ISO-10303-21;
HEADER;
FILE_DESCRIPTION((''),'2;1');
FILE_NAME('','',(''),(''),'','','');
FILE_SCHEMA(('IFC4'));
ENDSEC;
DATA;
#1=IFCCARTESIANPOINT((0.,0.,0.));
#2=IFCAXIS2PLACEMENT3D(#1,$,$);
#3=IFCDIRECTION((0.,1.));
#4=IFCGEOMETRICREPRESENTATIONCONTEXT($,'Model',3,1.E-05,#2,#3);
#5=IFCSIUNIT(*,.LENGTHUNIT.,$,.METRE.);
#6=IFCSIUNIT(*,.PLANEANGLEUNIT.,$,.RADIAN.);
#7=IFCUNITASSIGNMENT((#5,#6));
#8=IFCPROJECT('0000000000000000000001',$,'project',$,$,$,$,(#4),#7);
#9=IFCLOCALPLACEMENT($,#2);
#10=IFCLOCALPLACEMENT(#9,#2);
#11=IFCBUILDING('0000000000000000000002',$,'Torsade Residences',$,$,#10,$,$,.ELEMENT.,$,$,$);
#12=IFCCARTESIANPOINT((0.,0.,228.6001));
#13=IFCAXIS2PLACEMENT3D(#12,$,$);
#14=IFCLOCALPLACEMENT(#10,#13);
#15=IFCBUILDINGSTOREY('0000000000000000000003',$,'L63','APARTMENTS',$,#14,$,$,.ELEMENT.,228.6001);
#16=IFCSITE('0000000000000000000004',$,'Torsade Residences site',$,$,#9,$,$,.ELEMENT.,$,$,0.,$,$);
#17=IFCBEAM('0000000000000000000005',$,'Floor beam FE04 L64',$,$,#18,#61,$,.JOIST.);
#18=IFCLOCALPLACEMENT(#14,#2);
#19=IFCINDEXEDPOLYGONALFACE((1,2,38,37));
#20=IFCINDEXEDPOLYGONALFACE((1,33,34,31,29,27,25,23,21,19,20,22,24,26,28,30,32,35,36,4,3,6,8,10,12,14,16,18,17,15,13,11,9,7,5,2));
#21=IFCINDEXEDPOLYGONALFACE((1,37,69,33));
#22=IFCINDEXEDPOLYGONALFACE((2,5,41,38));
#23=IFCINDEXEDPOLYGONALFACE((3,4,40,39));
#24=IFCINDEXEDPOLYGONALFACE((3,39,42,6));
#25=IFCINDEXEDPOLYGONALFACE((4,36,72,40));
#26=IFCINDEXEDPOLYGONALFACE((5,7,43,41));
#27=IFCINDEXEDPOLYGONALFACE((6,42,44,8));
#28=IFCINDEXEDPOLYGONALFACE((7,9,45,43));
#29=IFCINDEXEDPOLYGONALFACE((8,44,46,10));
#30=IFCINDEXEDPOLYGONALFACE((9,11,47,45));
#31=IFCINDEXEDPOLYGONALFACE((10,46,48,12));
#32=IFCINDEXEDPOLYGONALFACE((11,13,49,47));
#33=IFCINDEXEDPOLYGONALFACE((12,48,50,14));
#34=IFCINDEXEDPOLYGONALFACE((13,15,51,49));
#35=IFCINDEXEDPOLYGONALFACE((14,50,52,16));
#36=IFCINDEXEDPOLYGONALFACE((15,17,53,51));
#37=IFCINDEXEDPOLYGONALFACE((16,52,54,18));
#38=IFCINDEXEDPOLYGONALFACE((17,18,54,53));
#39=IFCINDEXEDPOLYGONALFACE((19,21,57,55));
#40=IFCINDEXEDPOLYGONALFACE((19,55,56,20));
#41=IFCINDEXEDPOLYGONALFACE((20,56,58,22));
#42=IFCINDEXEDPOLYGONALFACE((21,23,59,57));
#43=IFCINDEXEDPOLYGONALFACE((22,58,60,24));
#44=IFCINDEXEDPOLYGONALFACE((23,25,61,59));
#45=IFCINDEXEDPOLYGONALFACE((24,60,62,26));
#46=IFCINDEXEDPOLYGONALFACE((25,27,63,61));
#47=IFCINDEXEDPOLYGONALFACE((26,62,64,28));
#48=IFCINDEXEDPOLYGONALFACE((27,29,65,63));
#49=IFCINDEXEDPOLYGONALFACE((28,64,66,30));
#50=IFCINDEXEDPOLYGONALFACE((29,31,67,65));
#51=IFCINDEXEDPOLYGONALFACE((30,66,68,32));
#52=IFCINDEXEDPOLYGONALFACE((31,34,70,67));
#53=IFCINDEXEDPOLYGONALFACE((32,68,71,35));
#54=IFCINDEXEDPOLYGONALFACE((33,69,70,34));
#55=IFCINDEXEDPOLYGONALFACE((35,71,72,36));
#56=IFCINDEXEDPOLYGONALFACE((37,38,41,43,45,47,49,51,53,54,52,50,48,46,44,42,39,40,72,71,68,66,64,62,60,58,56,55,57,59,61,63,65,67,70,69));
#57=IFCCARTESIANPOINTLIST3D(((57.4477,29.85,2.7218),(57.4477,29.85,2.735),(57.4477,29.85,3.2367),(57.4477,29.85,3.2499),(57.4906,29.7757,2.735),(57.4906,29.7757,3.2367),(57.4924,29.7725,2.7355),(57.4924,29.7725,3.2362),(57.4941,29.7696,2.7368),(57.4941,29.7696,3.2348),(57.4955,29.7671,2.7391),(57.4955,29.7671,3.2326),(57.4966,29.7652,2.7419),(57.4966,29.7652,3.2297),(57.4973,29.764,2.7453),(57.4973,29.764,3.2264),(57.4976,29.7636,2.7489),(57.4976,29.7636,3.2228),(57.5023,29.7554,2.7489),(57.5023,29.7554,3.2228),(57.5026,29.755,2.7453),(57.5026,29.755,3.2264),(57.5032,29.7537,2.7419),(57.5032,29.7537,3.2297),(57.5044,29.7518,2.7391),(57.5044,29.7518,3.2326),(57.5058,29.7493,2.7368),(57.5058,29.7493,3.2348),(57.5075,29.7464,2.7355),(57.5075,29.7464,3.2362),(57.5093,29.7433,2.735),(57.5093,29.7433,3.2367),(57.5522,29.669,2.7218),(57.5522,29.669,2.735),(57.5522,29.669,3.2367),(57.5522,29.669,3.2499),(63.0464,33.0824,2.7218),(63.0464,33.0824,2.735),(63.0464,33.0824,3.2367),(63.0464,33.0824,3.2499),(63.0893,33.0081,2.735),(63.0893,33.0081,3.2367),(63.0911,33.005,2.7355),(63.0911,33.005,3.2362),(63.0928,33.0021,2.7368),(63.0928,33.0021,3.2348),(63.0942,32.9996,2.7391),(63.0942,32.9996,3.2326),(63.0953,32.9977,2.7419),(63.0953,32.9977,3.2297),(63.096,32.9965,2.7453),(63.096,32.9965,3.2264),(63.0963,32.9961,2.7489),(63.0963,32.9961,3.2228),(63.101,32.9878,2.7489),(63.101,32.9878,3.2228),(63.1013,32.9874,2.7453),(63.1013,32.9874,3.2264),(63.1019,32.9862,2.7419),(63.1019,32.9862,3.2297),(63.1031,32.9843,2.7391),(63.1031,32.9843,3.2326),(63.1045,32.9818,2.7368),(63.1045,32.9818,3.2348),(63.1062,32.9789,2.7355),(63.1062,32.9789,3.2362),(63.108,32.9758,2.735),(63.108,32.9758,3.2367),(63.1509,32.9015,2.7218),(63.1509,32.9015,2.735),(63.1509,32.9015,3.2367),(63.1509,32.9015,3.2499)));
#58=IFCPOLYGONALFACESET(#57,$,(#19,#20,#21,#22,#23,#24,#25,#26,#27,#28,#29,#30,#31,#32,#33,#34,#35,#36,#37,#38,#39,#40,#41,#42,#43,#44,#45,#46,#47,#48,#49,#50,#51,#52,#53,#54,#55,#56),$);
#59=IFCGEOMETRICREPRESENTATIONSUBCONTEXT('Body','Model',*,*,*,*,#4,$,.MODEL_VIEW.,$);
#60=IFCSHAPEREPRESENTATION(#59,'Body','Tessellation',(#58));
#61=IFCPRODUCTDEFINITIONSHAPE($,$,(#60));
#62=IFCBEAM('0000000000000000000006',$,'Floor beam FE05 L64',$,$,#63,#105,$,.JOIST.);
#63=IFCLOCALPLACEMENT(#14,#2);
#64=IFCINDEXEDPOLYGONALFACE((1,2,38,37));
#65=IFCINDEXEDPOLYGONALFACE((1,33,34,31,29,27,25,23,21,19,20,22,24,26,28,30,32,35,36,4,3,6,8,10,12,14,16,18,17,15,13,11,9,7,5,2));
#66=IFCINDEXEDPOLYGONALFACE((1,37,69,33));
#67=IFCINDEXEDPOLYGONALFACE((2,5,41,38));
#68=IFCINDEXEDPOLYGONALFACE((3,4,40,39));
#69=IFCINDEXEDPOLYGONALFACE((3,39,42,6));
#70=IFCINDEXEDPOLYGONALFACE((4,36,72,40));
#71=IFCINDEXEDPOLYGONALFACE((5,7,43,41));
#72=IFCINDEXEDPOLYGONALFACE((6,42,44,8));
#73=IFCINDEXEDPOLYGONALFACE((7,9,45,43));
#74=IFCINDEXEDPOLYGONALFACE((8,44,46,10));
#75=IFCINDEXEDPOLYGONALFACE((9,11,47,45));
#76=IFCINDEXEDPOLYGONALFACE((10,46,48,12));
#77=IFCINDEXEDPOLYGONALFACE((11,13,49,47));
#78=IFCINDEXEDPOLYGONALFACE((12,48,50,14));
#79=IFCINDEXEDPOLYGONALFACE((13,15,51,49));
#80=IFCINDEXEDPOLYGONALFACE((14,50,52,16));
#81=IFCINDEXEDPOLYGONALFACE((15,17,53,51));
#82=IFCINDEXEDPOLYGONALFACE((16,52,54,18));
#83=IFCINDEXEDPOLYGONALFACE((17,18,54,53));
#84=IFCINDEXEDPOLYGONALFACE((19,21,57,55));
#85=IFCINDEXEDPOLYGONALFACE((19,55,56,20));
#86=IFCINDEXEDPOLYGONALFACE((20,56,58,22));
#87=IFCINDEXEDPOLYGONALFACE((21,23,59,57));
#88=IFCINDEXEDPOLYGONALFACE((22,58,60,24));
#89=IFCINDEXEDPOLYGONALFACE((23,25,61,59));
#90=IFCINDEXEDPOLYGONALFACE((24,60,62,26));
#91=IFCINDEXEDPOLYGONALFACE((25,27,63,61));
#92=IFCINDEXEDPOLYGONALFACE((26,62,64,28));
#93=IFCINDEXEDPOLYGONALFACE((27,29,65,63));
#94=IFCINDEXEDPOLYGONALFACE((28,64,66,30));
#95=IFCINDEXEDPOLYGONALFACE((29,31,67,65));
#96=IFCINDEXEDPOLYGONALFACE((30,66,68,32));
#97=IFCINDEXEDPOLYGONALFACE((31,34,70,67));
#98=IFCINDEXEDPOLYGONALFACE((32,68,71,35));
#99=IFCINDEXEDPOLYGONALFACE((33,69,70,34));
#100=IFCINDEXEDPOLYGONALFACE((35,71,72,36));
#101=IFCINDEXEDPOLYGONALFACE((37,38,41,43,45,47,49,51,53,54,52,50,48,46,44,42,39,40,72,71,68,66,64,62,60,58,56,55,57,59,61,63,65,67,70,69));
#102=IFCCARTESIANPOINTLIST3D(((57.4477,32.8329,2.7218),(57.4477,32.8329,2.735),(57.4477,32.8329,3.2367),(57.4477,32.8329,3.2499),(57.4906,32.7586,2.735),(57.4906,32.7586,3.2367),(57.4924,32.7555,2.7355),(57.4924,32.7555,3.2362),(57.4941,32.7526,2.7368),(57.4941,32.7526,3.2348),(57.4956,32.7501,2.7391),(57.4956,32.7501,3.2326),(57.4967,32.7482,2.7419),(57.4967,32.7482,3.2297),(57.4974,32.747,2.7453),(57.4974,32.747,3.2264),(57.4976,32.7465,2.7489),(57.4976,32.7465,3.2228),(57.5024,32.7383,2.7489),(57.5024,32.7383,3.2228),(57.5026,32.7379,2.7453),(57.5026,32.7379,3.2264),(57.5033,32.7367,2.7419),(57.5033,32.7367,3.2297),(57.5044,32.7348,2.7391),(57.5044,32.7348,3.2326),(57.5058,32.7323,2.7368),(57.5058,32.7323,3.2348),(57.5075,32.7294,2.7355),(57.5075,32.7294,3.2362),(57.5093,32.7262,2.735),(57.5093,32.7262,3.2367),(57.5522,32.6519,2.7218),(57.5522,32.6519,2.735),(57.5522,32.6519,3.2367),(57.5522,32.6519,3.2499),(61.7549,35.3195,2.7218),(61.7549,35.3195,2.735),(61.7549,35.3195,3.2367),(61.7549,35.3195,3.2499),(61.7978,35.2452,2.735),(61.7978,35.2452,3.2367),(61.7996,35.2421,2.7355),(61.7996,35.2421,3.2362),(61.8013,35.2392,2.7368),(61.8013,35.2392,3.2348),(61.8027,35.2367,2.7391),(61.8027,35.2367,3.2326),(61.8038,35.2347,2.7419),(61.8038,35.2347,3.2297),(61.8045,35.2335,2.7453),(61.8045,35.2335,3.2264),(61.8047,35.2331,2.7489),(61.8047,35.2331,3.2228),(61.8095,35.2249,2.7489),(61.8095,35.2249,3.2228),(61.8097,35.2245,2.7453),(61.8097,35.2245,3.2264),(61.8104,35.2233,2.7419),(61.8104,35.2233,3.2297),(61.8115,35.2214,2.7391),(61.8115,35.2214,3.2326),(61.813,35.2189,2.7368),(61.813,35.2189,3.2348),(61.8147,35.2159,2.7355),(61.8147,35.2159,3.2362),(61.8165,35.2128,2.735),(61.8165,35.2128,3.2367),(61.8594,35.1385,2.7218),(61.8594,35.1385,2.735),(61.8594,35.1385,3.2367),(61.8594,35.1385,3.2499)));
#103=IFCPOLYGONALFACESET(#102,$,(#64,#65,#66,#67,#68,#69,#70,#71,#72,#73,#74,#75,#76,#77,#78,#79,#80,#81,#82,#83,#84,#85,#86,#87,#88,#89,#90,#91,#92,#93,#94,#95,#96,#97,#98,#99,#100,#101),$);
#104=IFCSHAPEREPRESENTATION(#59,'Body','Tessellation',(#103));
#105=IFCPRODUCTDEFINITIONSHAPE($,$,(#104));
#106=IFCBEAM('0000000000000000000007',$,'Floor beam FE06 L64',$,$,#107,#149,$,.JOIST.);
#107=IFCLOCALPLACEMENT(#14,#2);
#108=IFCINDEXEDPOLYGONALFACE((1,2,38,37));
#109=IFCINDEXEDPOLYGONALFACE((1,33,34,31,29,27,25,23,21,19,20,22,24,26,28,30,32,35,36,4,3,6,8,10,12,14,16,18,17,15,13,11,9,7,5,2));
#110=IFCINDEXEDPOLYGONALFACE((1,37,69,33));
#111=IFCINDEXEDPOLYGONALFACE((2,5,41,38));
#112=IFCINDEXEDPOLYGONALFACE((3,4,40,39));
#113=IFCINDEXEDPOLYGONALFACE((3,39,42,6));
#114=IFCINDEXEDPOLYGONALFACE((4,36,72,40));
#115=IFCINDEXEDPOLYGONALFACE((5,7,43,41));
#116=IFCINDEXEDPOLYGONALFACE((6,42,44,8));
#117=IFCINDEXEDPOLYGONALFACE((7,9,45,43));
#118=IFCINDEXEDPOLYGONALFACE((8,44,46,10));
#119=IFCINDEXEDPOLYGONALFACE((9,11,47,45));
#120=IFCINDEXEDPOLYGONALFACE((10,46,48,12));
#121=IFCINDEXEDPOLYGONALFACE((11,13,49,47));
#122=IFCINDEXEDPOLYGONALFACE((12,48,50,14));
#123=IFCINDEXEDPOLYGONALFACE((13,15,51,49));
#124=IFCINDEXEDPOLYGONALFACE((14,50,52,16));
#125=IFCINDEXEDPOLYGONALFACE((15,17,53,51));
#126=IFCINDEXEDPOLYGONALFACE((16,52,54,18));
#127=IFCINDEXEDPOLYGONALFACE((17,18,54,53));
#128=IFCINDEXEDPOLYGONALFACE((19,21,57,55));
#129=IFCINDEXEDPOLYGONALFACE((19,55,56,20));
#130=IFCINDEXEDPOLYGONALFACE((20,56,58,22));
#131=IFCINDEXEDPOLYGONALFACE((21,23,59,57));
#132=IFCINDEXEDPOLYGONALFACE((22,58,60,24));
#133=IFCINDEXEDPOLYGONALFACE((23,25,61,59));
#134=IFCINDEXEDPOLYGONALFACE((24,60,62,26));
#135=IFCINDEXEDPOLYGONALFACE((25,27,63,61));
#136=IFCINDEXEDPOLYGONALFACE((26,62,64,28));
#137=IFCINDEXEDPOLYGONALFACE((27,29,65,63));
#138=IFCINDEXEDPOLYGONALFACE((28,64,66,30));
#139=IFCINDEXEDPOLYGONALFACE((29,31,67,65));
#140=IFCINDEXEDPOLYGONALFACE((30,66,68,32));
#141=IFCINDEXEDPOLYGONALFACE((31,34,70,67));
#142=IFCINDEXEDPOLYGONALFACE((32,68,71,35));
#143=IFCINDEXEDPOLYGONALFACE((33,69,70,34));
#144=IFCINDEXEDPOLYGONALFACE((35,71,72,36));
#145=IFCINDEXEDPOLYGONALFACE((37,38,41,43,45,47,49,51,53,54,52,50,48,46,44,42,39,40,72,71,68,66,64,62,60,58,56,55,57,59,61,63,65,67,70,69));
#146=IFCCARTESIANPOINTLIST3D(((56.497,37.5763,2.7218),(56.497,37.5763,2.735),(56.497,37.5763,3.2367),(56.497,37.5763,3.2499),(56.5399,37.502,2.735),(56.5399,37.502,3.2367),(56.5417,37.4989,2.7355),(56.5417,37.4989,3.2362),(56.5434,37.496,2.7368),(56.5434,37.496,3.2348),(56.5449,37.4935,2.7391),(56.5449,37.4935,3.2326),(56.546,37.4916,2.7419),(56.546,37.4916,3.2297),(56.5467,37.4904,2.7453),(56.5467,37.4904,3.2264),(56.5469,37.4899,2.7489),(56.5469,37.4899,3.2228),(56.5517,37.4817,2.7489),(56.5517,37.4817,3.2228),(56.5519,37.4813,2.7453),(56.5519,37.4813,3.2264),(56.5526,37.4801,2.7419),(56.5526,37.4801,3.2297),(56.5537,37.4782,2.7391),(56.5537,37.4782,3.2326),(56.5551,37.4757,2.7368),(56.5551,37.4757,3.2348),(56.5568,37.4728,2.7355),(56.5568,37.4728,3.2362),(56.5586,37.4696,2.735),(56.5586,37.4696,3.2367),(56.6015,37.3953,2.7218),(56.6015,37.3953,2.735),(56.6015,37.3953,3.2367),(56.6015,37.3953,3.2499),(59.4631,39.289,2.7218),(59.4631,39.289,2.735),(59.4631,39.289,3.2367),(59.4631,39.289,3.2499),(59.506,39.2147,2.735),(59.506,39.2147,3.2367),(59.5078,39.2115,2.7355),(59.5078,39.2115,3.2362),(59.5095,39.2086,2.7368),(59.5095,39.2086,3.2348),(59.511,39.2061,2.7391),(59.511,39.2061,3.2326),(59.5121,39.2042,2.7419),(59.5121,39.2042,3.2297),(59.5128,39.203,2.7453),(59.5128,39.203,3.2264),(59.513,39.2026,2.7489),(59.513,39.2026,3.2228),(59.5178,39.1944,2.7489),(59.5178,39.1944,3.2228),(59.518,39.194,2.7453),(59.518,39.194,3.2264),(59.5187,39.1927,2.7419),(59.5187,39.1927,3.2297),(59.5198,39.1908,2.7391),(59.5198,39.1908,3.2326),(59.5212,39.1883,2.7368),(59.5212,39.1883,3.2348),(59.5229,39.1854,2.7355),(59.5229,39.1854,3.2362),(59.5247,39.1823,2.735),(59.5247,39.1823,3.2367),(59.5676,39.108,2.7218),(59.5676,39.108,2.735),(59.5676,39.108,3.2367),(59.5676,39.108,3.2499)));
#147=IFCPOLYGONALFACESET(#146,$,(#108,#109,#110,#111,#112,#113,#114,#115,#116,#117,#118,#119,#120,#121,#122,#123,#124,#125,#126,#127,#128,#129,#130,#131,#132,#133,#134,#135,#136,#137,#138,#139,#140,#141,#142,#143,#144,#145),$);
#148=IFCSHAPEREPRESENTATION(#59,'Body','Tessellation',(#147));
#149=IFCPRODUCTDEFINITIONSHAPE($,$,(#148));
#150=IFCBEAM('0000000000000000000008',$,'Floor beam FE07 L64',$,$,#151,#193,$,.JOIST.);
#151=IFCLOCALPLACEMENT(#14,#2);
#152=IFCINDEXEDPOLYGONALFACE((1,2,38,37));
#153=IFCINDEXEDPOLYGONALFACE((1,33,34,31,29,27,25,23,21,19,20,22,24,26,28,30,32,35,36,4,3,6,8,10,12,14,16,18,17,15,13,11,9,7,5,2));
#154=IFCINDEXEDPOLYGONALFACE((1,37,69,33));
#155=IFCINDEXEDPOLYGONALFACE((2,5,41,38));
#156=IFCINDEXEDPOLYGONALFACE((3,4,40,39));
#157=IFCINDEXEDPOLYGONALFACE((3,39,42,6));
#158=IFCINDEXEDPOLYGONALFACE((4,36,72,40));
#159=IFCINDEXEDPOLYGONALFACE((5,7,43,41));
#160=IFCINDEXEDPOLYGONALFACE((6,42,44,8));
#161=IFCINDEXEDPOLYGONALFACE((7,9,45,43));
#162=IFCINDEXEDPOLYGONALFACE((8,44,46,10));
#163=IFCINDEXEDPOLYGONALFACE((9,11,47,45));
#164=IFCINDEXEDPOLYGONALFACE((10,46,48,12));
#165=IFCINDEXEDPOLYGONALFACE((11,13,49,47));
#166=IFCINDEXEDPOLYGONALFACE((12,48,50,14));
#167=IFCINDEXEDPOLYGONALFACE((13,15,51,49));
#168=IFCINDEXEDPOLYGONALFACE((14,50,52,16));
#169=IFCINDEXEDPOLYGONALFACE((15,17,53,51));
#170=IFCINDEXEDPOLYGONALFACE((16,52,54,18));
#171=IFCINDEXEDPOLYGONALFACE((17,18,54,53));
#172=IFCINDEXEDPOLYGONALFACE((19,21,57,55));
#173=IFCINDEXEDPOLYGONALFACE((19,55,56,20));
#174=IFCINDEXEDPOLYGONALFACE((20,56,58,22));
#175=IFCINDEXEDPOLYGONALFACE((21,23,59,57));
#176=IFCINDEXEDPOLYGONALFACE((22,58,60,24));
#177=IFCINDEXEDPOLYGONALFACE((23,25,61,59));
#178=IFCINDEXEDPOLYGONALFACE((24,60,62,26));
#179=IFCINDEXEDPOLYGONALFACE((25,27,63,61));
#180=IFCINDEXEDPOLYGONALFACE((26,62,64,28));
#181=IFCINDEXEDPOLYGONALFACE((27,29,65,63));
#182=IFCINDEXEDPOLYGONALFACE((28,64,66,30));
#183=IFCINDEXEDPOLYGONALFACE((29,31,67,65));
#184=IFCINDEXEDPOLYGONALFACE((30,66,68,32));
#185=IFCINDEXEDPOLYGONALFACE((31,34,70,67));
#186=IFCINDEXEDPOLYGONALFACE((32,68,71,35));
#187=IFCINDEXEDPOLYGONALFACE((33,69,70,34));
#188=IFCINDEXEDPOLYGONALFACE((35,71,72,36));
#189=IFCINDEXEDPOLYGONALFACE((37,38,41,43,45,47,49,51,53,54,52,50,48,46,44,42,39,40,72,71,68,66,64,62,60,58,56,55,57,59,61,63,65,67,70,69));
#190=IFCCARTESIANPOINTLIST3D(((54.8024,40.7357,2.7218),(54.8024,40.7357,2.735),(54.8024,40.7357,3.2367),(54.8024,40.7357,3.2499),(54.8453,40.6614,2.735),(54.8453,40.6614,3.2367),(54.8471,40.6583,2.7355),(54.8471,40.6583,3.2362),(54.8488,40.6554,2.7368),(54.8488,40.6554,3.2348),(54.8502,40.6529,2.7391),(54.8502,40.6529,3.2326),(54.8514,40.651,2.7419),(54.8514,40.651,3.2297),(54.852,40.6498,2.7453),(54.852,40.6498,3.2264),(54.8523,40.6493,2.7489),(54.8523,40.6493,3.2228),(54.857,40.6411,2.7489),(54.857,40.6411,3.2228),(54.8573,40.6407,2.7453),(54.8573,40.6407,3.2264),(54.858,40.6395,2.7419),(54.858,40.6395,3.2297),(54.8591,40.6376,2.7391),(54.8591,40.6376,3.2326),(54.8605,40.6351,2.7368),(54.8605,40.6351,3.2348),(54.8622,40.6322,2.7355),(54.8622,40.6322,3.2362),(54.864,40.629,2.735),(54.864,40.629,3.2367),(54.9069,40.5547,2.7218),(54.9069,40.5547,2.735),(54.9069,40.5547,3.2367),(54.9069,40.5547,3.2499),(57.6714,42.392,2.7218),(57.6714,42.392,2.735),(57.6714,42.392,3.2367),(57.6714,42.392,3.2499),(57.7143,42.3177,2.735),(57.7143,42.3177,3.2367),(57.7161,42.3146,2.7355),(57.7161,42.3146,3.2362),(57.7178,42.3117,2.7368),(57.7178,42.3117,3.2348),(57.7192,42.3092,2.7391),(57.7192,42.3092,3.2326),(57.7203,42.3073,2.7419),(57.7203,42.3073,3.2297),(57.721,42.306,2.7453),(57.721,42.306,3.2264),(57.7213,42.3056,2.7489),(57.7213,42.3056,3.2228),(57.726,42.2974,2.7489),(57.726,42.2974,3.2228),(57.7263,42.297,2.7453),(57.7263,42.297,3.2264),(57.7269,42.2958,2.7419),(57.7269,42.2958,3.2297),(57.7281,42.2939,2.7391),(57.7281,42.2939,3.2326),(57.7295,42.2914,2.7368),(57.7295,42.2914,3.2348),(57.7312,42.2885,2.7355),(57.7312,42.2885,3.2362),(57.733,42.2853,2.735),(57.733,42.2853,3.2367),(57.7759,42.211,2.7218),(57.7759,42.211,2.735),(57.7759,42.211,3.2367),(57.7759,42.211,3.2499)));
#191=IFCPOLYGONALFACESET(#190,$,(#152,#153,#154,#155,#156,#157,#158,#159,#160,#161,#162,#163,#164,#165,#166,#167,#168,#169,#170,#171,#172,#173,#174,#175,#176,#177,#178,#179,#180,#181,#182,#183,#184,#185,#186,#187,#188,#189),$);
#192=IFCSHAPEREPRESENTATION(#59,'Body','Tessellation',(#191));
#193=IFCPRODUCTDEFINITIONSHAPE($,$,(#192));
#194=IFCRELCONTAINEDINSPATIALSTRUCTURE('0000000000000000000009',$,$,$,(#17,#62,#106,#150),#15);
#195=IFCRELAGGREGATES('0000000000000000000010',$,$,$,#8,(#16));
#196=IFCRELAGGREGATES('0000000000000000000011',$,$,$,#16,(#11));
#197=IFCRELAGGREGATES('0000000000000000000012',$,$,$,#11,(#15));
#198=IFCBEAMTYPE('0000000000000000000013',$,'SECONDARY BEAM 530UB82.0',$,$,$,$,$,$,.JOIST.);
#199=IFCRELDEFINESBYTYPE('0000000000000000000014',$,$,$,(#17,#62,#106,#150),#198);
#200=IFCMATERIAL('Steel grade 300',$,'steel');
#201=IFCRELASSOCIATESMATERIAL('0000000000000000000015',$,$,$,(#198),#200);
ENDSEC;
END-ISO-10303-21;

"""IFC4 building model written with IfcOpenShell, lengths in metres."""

from ifc_helpers import new_model, si_unit, direction, frame, origin, origin_2d, place, context, subcontext, project, spatial, i_section, extrude, material, material_profile, profile_set, type_object, element, save


model = new_model("IFC4")

# Units and contexts
model_context = context("Model", 3, precision=1e-05, world=origin(), true_north=direction((0.0, 1.0)))
body_context = subcontext(model_context, "Body", "Model", "MODEL_VIEW")
ifc_project = project(units=[si_unit("LENGTHUNIT", "METRE"), si_unit("PLANEANGLEUNIT", "RADIAN")], contexts=[model_context])

# Site, building, storey
site_placement = place(None, origin())
site = spatial("IfcSite", under=ifc_project, at=site_placement, Name="Torsade Residences site", CompositionType="ELEMENT", RefElevation=0.0)
building_placement = place(site_placement, origin())
building = spatial("IfcBuilding", under=site, at=building_placement, Name="Torsade Residences", CompositionType="ELEMENT")
storey_placement = place(building_placement, frame((0.0, 0.0, 228.6001)))
storey = spatial("IfcBuildingStorey", under=building, at=storey_placement, Name="L63", Description="APARTMENTS", CompositionType="ELEMENT", Elevation=228.6001)

# Beams
ifc_material_1 = material(Name="Steel grade 300", Category="steel")
ifc_material_profile_1 = material_profile(ifc_material_1, i_section(OverallWidth=0.209, OverallDepth=0.5281, WebThickness=0.0095, FlangeThickness=0.0132, FilletRadius=0.0139, at=origin_2d()), Name="530UB82.0")
ifc_profile_set_1 = profile_set([ifc_material_profile_1], Name="Steel grade 300")
beam_type_1 = type_object("IfcBeamType", Name="SECONDARY BEAM 530UB82.0", PredefinedType="JOIST", material=ifc_profile_set_1)
beam_1_placement = place(storey_placement, frame((63.0986, 32.9919, 2.9858), z_axis=(-0.866022, -0.500006, 0.0), x_axis=(0.500006, -0.866022, 0.0)))
element("IfcBeam", 1, at=beam_1_placement, inside=storey, type_object=beam_type_1, Name="Floor beam FE04 L64", PredefinedType="JOIST", context=body_context, shape_type="SweptSolid", body=[
    extrude(i_section(OverallWidth=0.209, OverallDepth=0.5281, WebThickness=0.0095, FlangeThickness=0.0132, FilletRadius=0.0139, at=origin_2d()), origin(), (0.0, 0.0, 1.0), 6.4648),
])
beam_2_placement = place(storey_placement, frame((61.8071, 35.229, 2.9858), z_axis=(-0.866038, -0.499977, 0.0), x_axis=(0.499977, -0.866038, 0.0)))
element("IfcBeam", 2, at=beam_2_placement, inside=storey, type_object=beam_type_1, Name="Floor beam FE05 L64", PredefinedType="JOIST", context=body_context, shape_type="SweptSolid", body=[
    extrude(i_section(OverallWidth=0.209, OverallDepth=0.5281, WebThickness=0.0095, FlangeThickness=0.0132, FilletRadius=0.0139, at=origin_2d()), origin(), (0.0, 0.0, 1.0), 4.9734),
])
beam_3_placement = place(storey_placement, frame((59.5154, 39.1985, 2.9858), z_axis=(-0.866002, -0.500041, 0.0), x_axis=(0.500041, -0.866002, 0.0)))
element("IfcBeam", 3, at=beam_3_placement, inside=storey, type_object=beam_type_1, Name="Floor beam FE06 L64", PredefinedType="JOIST", context=body_context, shape_type="SweptSolid", body=[
    extrude(i_section(OverallWidth=0.209, OverallDepth=0.5281, WebThickness=0.0095, FlangeThickness=0.0132, FilletRadius=0.0139, at=origin_2d()), origin(), (0.0, 0.0, 1.0), 3.425),
])
beam_4_placement = place(storey_placement, frame((57.7236, 42.3015, 2.9858), z_axis=(-0.86604, -0.499976, 0.0), x_axis=(0.499976, -0.86604, 0.0)))
element("IfcBeam", 4, at=beam_4_placement, inside=storey, type_object=beam_type_1, Name="Floor beam FE07 L64", PredefinedType="JOIST", context=body_context, shape_type="SweptSolid", body=[
    extrude(i_section(OverallWidth=0.209, OverallDepth=0.5281, WebThickness=0.0095, FlangeThickness=0.0132, FilletRadius=0.0139, at=origin_2d()), origin(), (0.0, 0.0, 1.0), 3.3127),
])

save(model, "model.ifc")
